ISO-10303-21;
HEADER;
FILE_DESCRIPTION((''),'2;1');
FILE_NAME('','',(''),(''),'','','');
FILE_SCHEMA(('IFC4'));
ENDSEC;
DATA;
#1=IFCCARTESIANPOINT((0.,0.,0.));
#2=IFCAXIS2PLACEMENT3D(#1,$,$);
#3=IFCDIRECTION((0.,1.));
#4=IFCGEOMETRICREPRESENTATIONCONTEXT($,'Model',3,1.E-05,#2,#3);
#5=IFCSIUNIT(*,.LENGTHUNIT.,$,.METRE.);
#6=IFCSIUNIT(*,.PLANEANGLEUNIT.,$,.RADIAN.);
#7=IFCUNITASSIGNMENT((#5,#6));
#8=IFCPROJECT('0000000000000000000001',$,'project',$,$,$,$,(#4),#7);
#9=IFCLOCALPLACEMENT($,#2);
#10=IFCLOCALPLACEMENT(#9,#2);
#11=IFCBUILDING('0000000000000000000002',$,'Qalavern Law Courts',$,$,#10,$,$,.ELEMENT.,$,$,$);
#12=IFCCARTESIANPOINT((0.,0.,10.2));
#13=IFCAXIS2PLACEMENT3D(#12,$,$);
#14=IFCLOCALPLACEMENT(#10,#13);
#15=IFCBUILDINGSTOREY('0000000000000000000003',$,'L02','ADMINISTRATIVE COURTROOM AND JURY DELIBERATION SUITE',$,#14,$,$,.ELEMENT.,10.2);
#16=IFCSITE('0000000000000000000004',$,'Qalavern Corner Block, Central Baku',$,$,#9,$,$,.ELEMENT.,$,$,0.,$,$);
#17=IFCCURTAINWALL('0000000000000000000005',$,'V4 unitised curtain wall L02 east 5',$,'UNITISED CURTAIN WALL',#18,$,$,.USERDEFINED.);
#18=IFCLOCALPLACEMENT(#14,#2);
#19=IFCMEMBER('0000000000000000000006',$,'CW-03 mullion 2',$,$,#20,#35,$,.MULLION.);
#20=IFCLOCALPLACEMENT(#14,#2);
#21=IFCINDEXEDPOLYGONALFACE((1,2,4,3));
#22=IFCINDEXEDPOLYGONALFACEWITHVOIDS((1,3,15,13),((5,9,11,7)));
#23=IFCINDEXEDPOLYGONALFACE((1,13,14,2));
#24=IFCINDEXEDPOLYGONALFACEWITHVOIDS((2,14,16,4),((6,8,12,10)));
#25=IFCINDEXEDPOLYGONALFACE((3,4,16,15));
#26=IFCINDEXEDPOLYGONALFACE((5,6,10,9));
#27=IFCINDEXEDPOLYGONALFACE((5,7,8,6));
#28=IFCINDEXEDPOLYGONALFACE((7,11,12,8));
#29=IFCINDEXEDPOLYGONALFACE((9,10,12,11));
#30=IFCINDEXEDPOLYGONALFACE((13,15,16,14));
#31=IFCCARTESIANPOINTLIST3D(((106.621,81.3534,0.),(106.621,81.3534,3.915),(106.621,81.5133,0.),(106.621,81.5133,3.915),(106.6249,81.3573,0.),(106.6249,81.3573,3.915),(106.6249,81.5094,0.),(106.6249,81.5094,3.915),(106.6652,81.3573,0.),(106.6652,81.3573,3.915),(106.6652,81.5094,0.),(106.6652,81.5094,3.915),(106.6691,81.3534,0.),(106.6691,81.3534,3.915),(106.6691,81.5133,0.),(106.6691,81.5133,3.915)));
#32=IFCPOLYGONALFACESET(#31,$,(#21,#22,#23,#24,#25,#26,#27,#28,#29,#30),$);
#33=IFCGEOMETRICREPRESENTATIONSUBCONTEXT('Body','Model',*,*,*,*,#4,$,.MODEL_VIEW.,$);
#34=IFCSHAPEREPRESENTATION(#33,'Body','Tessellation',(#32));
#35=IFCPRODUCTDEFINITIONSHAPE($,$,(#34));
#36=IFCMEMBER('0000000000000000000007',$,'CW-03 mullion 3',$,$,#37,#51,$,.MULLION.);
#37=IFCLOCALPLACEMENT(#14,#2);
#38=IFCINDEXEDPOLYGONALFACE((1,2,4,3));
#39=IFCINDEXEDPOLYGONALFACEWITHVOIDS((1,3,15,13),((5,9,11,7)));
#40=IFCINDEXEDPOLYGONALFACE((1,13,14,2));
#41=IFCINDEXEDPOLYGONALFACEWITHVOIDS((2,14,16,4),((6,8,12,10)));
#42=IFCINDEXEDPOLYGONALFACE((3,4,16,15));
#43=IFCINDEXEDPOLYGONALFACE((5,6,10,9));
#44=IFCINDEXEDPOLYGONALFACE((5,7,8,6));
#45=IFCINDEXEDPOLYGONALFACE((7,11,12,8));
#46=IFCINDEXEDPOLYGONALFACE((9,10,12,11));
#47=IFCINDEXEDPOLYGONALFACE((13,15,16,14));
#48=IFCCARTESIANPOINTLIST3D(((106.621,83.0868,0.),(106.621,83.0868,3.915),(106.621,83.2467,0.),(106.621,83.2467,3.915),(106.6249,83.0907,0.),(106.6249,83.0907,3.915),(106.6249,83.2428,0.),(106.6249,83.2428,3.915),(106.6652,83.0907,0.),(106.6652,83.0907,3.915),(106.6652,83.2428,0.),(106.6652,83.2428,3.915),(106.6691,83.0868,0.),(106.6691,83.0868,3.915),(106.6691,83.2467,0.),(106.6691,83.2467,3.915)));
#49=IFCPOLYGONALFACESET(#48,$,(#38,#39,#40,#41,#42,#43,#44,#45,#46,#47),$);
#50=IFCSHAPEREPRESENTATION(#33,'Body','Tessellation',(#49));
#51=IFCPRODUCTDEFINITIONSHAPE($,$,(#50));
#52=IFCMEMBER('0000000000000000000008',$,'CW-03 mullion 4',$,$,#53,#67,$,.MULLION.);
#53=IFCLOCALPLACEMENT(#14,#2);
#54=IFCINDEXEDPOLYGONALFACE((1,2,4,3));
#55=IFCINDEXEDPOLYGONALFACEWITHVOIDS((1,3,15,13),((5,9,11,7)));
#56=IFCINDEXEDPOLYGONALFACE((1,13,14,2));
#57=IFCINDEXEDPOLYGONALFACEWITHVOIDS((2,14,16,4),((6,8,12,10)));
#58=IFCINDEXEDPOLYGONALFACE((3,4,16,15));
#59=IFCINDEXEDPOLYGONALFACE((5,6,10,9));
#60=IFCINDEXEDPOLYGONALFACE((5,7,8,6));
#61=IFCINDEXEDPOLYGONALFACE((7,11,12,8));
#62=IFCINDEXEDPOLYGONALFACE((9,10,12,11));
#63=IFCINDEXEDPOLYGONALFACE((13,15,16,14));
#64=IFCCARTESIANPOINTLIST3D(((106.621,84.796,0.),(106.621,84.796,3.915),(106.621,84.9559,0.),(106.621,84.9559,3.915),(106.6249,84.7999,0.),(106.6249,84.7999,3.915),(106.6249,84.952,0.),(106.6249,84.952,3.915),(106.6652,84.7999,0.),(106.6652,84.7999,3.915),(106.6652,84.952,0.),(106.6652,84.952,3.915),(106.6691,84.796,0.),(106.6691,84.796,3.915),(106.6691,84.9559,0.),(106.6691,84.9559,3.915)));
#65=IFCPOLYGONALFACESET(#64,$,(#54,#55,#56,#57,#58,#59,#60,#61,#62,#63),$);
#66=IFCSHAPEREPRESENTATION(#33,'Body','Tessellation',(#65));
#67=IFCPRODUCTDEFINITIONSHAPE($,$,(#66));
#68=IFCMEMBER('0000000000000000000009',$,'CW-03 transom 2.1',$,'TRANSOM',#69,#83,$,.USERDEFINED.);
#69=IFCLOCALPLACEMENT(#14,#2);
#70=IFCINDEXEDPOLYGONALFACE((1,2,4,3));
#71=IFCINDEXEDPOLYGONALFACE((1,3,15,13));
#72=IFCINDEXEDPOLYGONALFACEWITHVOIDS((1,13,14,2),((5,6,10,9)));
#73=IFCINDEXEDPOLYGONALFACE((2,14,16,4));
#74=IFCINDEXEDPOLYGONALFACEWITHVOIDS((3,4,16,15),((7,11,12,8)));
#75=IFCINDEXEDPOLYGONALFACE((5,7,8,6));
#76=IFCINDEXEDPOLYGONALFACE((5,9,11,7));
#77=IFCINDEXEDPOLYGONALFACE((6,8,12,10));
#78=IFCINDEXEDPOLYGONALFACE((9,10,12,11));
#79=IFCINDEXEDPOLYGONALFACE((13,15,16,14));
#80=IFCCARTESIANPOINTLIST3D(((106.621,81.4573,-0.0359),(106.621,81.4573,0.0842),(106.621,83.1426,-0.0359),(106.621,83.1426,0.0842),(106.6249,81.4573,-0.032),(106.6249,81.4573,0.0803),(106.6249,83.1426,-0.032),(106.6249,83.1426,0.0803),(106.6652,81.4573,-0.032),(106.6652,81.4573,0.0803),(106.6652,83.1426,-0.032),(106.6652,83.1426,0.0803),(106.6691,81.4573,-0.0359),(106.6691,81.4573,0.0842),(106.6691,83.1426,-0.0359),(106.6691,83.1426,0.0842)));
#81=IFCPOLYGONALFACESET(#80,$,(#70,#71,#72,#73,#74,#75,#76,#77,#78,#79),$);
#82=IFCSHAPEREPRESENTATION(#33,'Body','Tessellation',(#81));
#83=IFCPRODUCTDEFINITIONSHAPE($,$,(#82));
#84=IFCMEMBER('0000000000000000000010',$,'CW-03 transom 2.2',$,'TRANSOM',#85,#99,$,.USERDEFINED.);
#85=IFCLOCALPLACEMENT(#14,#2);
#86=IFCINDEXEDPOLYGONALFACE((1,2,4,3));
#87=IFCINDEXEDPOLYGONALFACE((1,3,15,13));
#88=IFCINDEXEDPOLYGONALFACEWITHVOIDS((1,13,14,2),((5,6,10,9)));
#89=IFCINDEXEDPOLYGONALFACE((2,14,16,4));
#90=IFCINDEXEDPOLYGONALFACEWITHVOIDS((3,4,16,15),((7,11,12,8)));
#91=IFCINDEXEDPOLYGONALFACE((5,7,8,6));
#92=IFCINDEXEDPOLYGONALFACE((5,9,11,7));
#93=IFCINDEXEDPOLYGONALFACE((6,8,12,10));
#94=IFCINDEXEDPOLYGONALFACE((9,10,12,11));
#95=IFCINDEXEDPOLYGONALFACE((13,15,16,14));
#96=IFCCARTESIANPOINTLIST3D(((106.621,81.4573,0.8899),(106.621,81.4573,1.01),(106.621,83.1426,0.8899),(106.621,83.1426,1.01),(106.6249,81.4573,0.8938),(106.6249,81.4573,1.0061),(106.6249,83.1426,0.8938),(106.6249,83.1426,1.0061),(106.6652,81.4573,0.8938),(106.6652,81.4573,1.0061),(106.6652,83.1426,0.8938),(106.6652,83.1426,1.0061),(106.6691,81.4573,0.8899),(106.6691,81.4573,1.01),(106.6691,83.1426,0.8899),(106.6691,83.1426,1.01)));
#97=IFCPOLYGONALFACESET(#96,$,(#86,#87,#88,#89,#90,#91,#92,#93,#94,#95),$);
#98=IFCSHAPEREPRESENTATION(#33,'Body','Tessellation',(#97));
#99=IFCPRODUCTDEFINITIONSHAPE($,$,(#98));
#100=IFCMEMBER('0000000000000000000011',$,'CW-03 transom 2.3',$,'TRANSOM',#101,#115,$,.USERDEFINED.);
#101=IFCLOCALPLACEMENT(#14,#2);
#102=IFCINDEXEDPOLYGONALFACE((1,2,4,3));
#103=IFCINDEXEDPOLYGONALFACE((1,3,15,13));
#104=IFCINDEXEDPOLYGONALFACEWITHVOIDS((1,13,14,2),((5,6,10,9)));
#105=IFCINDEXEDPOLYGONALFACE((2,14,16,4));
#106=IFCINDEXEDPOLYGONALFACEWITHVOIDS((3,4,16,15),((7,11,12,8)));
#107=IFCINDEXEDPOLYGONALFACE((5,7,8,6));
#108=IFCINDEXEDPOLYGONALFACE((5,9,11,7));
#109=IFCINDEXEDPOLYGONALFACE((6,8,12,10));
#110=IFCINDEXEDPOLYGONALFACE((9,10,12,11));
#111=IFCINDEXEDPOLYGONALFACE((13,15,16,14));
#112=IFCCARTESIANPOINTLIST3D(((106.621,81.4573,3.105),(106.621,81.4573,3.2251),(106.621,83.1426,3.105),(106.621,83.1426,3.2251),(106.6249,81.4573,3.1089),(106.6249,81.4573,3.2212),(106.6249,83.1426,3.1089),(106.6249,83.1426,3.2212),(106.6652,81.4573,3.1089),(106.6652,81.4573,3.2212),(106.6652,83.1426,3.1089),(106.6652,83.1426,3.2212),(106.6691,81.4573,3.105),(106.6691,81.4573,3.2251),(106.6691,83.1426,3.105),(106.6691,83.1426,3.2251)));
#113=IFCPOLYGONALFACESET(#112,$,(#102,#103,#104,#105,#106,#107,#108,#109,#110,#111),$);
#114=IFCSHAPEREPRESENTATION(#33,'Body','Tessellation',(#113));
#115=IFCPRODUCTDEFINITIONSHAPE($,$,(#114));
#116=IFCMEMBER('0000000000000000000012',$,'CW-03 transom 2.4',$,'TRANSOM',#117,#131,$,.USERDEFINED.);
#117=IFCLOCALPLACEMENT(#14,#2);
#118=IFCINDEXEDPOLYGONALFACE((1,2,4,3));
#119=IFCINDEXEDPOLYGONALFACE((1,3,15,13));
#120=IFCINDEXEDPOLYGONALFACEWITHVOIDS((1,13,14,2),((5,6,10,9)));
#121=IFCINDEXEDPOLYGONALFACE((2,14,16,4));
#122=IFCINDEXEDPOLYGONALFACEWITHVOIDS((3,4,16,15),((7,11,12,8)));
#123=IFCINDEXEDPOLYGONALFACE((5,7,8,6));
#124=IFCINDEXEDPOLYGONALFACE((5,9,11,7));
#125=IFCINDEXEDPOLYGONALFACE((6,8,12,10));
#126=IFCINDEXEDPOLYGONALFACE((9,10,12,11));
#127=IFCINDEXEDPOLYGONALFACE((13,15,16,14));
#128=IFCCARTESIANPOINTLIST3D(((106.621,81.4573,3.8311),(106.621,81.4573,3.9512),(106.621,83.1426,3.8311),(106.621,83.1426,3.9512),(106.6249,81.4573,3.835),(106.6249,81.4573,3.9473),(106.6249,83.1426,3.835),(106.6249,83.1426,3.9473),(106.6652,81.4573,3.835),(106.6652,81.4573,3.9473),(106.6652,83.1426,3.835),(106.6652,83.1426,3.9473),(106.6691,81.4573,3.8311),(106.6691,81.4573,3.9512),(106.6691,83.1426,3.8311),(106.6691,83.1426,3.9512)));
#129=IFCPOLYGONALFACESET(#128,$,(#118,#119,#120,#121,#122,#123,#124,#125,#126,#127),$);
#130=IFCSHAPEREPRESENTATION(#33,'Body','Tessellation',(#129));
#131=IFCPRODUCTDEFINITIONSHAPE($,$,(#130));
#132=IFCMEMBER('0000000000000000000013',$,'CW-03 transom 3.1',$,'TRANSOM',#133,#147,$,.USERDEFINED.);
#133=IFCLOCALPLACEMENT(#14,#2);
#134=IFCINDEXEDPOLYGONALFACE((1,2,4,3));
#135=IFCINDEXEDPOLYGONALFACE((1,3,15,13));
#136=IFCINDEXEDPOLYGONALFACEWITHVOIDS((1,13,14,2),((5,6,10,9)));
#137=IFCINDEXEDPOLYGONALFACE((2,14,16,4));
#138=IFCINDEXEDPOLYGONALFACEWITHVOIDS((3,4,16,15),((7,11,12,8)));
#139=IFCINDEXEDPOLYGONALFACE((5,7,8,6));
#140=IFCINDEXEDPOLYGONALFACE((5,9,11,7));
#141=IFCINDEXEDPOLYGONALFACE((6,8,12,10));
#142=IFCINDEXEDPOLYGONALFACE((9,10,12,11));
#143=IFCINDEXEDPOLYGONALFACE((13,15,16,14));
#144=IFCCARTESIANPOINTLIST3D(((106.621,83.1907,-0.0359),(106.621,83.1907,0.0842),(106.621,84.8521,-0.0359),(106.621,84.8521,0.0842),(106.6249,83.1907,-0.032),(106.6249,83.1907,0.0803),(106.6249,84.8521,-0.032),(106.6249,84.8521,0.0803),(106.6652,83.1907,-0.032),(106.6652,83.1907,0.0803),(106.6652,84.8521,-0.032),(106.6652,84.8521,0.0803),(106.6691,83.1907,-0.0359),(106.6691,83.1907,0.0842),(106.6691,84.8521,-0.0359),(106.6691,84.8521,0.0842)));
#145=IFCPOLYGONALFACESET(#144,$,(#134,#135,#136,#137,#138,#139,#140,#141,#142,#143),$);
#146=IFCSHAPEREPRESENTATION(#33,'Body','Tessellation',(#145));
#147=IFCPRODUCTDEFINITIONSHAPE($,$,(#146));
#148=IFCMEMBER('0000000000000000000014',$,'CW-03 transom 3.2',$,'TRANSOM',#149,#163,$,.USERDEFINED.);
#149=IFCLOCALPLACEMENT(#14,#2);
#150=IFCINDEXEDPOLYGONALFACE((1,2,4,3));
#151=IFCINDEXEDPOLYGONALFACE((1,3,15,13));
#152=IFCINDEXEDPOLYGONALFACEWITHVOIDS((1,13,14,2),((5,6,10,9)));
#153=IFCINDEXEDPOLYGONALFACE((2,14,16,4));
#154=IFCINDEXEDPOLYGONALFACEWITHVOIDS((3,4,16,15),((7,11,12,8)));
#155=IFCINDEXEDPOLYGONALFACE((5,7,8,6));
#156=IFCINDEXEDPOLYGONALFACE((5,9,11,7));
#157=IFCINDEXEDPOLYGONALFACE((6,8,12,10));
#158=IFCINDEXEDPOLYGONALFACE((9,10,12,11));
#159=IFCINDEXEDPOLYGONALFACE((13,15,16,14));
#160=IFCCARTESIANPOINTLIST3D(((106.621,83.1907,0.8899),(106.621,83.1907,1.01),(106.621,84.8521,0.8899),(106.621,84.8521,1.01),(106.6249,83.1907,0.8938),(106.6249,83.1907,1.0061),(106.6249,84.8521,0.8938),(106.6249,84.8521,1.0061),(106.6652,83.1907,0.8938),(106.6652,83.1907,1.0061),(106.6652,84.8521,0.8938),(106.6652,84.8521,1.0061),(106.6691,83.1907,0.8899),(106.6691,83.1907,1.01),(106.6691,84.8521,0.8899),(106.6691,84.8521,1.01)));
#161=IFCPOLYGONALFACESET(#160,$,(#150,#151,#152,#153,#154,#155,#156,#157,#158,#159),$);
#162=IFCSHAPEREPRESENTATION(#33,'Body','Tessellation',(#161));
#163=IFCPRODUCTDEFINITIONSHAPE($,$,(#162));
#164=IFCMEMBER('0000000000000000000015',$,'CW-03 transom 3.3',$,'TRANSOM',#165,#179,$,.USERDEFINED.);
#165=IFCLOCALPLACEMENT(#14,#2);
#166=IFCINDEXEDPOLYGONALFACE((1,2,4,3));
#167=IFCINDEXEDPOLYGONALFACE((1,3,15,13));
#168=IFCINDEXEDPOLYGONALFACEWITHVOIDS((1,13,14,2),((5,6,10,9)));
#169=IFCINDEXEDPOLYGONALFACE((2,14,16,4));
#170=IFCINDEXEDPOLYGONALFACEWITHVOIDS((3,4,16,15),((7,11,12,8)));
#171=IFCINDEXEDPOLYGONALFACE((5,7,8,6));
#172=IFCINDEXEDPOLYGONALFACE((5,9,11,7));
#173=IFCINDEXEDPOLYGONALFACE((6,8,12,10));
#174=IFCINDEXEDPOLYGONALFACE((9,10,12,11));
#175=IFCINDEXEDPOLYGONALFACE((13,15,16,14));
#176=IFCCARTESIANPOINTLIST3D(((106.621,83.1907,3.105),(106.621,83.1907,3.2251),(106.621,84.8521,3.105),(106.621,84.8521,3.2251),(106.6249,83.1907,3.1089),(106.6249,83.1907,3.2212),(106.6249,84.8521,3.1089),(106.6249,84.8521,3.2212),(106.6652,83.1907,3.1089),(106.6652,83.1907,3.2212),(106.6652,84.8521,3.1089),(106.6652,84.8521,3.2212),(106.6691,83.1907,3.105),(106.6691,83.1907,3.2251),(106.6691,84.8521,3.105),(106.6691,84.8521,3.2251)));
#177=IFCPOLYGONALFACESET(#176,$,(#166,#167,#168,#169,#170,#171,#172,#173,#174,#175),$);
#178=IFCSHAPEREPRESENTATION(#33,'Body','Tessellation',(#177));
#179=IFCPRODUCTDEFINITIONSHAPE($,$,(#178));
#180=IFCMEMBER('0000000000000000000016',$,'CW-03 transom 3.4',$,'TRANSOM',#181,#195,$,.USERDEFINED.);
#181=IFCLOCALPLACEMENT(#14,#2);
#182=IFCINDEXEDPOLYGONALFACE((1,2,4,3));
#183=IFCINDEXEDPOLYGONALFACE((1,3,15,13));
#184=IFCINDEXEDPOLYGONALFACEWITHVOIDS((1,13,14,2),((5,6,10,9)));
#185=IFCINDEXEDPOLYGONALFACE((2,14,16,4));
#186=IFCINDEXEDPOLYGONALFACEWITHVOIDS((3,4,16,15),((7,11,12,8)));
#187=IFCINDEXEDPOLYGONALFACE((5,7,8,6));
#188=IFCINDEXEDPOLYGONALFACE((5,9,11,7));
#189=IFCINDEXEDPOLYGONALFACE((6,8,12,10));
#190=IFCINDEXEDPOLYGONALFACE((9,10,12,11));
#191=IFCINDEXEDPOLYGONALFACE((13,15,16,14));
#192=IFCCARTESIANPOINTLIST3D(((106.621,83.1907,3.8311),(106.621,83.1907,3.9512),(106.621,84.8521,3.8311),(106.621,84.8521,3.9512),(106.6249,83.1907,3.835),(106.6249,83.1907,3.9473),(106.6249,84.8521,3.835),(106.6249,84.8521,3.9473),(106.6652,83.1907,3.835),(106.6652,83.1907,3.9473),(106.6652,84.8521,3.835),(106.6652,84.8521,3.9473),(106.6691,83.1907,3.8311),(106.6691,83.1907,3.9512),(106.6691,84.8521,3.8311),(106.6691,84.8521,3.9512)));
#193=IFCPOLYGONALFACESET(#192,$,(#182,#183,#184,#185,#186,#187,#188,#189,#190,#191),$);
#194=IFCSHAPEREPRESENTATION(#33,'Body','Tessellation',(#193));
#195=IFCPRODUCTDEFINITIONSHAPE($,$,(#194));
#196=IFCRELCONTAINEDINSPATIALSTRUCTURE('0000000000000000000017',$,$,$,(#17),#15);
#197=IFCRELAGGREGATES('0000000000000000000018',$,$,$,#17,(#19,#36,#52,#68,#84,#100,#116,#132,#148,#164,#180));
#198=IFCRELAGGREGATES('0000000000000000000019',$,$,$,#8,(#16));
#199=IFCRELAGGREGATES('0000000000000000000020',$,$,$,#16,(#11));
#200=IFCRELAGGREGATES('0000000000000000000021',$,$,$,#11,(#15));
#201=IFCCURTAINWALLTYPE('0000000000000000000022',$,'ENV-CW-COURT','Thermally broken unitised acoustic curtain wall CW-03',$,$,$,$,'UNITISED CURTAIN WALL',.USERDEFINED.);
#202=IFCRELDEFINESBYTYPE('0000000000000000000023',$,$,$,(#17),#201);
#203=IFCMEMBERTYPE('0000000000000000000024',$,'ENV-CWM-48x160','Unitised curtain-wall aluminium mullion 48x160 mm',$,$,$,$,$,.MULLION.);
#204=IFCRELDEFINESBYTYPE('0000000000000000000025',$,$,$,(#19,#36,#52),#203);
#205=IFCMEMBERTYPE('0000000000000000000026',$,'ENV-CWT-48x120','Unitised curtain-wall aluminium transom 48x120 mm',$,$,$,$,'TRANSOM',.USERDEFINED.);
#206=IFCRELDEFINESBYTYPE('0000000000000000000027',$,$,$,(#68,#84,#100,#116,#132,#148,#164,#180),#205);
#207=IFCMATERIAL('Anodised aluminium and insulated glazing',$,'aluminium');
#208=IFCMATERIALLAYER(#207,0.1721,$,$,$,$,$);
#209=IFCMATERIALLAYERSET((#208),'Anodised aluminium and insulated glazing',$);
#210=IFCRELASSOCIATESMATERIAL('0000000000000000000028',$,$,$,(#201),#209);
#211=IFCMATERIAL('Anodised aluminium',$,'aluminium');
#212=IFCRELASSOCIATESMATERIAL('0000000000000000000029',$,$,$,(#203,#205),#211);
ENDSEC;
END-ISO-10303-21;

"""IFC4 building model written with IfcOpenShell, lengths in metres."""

from ifc_helpers import new_model, si_unit, direction, frame, origin, origin_2d, place, context, subcontext, project, spatial, hollow_rectangle, extrude, material, layer, layer_set, material_profile, profile_set, type_object, element, aggregate, save


model = new_model("IFC4")

# Units and contexts
model_context = context("Model", 3, precision=1e-05, world=origin(), true_north=direction((0.0, 1.0)))
body_context = subcontext(model_context, "Body", "Model", "MODEL_VIEW")
ifc_project = project(units=[si_unit("LENGTHUNIT", "METRE"), si_unit("PLANEANGLEUNIT", "RADIAN")], contexts=[model_context])

# Site, building, storey
site_placement = place(None, origin())
site = spatial("IfcSite", under=ifc_project, at=site_placement, Name="Qalavern Corner Block, Central Baku", CompositionType="ELEMENT", RefElevation=0.0)
building_placement = place(site_placement, origin())
building = spatial("IfcBuilding", under=site, at=building_placement, Name="Qalavern Law Courts", CompositionType="ELEMENT")
storey_placement = place(building_placement, frame((0.0, 0.0, 10.2)))
storey = spatial("IfcBuildingStorey", under=building, at=storey_placement, Name="L02", Description="ADMINISTRATIVE COURTROOM AND JURY DELIBERATION SUITE", CompositionType="ELEMENT", Elevation=10.2)

# Curtain wall, members
ifc_material_1 = material(Name="Anodised aluminium and insulated glazing", Category="aluminium")
ifc_layer_1 = layer(ifc_material_1, 0.1721)
ifc_layer_set_1 = layer_set([ifc_layer_1], Name="Anodised aluminium and insulated glazing")
curtain_wall_type = type_object("IfcCurtainWallType", Name="ENV-CW-COURT", Description="Thermally broken unitised acoustic curtain wall CW-03", ElementType="UNITISED CURTAIN WALL", PredefinedType="USERDEFINED", material=ifc_layer_set_1)
curtain_wall_placement = place(storey_placement, origin())
curtain_wall = element("IfcCurtainWall", 1, at=curtain_wall_placement, inside=storey, type_object=curtain_wall_type, Name="V4 unitised curtain wall L02 east 5", ObjectType="UNITISED CURTAIN WALL", PredefinedType="USERDEFINED")
ifc_material_2 = material(Name="Anodised aluminium", Category="aluminium")
ifc_material_profile_1 = material_profile(ifc_material_2, hollow_rectangle(XDim=0.0481, YDim=0.1599, WallThickness=0.0039, at=origin_2d()), Name="ALU MULLION 48x160")
ifc_profile_set_1 = profile_set([ifc_material_profile_1], Name="Anodised aluminium")
member_type_1 = type_object("IfcMemberType", Name="ENV-CWM-48x160", Description="Unitised curtain-wall aluminium mullion 48x160 mm", PredefinedType="MULLION", material=ifc_profile_set_1)
member_1_placement = place(storey_placement, frame((106.645, 81.4333, 0.0), z_axis=(0.0, 0.0, 1.0), x_axis=(-1.0, 0.0, 0.0)))
member_1 = element("IfcMember", 2, at=member_1_placement, type_object=member_type_1, Name="CW-03 mullion 2", PredefinedType="MULLION", context=body_context, shape_type="SweptSolid", body=[
    extrude(hollow_rectangle(XDim=0.0481, YDim=0.1599, WallThickness=0.0039, at=origin_2d()), origin(), (0.0, 0.0, 1.0), 3.915),
])
member_2_placement = place(storey_placement, frame((106.645, 83.1667, 0.0), z_axis=(0.0, 0.0, 1.0), x_axis=(-1.0, 0.0, 0.0)))
member_2 = element("IfcMember", 3, at=member_2_placement, type_object=member_type_1, Name="CW-03 mullion 3", PredefinedType="MULLION", context=body_context, shape_type="SweptSolid", body=[
    extrude(hollow_rectangle(XDim=0.0481, YDim=0.1599, WallThickness=0.0039, at=origin_2d()), origin(), (0.0, 0.0, 1.0), 3.915),
])
member_3_placement = place(storey_placement, frame((106.645, 84.876, 0.0), z_axis=(0.0, 0.0, 1.0), x_axis=(-1.0, 0.0, 0.0)))
member_3 = element("IfcMember", 4, at=member_3_placement, type_object=member_type_1, Name="CW-03 mullion 4", PredefinedType="MULLION", context=body_context, shape_type="SweptSolid", body=[
    extrude(hollow_rectangle(XDim=0.0481, YDim=0.1599, WallThickness=0.0039, at=origin_2d()), origin(), (0.0, 0.0, 1.0), 3.915),
])
ifc_material_profile_2 = material_profile(ifc_material_2, hollow_rectangle(XDim=0.0481, YDim=0.1201, WallThickness=0.0039, at=origin_2d()), Name="ALU TRANSOM 48x120")
ifc_profile_set_2 = profile_set([ifc_material_profile_2], Name="Anodised aluminium")
member_type_2 = type_object("IfcMemberType", Name="ENV-CWT-48x120", Description="Unitised curtain-wall aluminium transom 48x120 mm", ElementType="TRANSOM", PredefinedType="USERDEFINED", material=ifc_profile_set_2)
member_4_placement = place(storey_placement, frame((106.645, 81.4573, 0.0242), z_axis=(0.0, 1.0, 0.0), x_axis=(-1.0, 0.0, 0.0)))
member_4 = element("IfcMember", 5, at=member_4_placement, type_object=member_type_2, Name="CW-03 transom 2.1", ObjectType="TRANSOM", PredefinedType="USERDEFINED", context=body_context, shape_type="SweptSolid", body=[
    extrude(hollow_rectangle(XDim=0.0481, YDim=0.1201, WallThickness=0.0039, at=origin_2d()), origin(), (0.0, 0.0, 1.0), 1.6853),
])
member_5_placement = place(storey_placement, frame((106.645, 81.4573, 0.95), z_axis=(0.0, 1.0, 0.0), x_axis=(-1.0, 0.0, 0.0)))
member_5 = element("IfcMember", 6, at=member_5_placement, type_object=member_type_2, Name="CW-03 transom 2.2", ObjectType="TRANSOM", PredefinedType="USERDEFINED", context=body_context, shape_type="SweptSolid", body=[
    extrude(hollow_rectangle(XDim=0.0481, YDim=0.1201, WallThickness=0.0039, at=origin_2d()), origin(), (0.0, 0.0, 1.0), 1.6853),
])
member_6_placement = place(storey_placement, frame((106.645, 81.4573, 3.165), z_axis=(0.0, 1.0, 0.0), x_axis=(-1.0, 0.0, 0.0)))
member_6 = element("IfcMember", 7, at=member_6_placement, type_object=member_type_2, Name="CW-03 transom 2.3", ObjectType="TRANSOM", PredefinedType="USERDEFINED", context=body_context, shape_type="SweptSolid", body=[
    extrude(hollow_rectangle(XDim=0.0481, YDim=0.1201, WallThickness=0.0039, at=origin_2d()), origin(), (0.0, 0.0, 1.0), 1.6853),
])
member_7_placement = place(storey_placement, frame((106.645, 81.4573, 3.8911), z_axis=(0.0, 1.0, 0.0), x_axis=(-1.0, 0.0, 0.0)))
member_7 = element("IfcMember", 8, at=member_7_placement, type_object=member_type_2, Name="CW-03 transom 2.4", ObjectType="TRANSOM", PredefinedType="USERDEFINED", context=body_context, shape_type="SweptSolid", body=[
    extrude(hollow_rectangle(XDim=0.0481, YDim=0.1201, WallThickness=0.0039, at=origin_2d()), origin(), (0.0, 0.0, 1.0), 1.6853),
])
member_8_placement = place(storey_placement, frame((106.645, 83.1907, 0.0242), z_axis=(0.0, 1.0, 0.0), x_axis=(-1.0, 0.0, 0.0)))
member_8 = element("IfcMember", 9, at=member_8_placement, type_object=member_type_2, Name="CW-03 transom 3.1", ObjectType="TRANSOM", PredefinedType="USERDEFINED", context=body_context, shape_type="SweptSolid", body=[
    extrude(hollow_rectangle(XDim=0.0481, YDim=0.1201, WallThickness=0.0039, at=origin_2d()), origin(), (0.0, 0.0, 1.0), 1.6614),
])
member_9_placement = place(storey_placement, frame((106.645, 83.1907, 0.95), z_axis=(0.0, 1.0, 0.0), x_axis=(-1.0, 0.0, 0.0)))
member_9 = element("IfcMember", 10, at=member_9_placement, type_object=member_type_2, Name="CW-03 transom 3.2", ObjectType="TRANSOM", PredefinedType="USERDEFINED", context=body_context, shape_type="SweptSolid", body=[
    extrude(hollow_rectangle(XDim=0.0481, YDim=0.1201, WallThickness=0.0039, at=origin_2d()), origin(), (0.0, 0.0, 1.0), 1.6614),
])
member_10_placement = place(storey_placement, frame((106.645, 83.1907, 3.165), z_axis=(0.0, 1.0, 0.0), x_axis=(-1.0, 0.0, 0.0)))
member_10 = element("IfcMember", 11, at=member_10_placement, type_object=member_type_2, Name="CW-03 transom 3.3", ObjectType="TRANSOM", PredefinedType="USERDEFINED", context=body_context, shape_type="SweptSolid", body=[
    extrude(hollow_rectangle(XDim=0.0481, YDim=0.1201, WallThickness=0.0039, at=origin_2d()), origin(), (0.0, 0.0, 1.0), 1.6614),
])
member_11_placement = place(storey_placement, frame((106.645, 83.1907, 3.8911), z_axis=(0.0, 1.0, 0.0), x_axis=(-1.0, 0.0, 0.0)))
member_11 = element("IfcMember", 12, at=member_11_placement, type_object=member_type_2, Name="CW-03 transom 3.4", ObjectType="TRANSOM", PredefinedType="USERDEFINED", context=body_context, shape_type="SweptSolid", body=[
    extrude(hollow_rectangle(XDim=0.0481, YDim=0.1201, WallThickness=0.0039, at=origin_2d()), origin(), (0.0, 0.0, 1.0), 1.6614),
])
aggregate(curtain_wall, [member_1, member_2, member_3, member_4, member_5, member_6, member_7, member_8, member_9, member_10, member_11])

save(model, "model.ifc")
